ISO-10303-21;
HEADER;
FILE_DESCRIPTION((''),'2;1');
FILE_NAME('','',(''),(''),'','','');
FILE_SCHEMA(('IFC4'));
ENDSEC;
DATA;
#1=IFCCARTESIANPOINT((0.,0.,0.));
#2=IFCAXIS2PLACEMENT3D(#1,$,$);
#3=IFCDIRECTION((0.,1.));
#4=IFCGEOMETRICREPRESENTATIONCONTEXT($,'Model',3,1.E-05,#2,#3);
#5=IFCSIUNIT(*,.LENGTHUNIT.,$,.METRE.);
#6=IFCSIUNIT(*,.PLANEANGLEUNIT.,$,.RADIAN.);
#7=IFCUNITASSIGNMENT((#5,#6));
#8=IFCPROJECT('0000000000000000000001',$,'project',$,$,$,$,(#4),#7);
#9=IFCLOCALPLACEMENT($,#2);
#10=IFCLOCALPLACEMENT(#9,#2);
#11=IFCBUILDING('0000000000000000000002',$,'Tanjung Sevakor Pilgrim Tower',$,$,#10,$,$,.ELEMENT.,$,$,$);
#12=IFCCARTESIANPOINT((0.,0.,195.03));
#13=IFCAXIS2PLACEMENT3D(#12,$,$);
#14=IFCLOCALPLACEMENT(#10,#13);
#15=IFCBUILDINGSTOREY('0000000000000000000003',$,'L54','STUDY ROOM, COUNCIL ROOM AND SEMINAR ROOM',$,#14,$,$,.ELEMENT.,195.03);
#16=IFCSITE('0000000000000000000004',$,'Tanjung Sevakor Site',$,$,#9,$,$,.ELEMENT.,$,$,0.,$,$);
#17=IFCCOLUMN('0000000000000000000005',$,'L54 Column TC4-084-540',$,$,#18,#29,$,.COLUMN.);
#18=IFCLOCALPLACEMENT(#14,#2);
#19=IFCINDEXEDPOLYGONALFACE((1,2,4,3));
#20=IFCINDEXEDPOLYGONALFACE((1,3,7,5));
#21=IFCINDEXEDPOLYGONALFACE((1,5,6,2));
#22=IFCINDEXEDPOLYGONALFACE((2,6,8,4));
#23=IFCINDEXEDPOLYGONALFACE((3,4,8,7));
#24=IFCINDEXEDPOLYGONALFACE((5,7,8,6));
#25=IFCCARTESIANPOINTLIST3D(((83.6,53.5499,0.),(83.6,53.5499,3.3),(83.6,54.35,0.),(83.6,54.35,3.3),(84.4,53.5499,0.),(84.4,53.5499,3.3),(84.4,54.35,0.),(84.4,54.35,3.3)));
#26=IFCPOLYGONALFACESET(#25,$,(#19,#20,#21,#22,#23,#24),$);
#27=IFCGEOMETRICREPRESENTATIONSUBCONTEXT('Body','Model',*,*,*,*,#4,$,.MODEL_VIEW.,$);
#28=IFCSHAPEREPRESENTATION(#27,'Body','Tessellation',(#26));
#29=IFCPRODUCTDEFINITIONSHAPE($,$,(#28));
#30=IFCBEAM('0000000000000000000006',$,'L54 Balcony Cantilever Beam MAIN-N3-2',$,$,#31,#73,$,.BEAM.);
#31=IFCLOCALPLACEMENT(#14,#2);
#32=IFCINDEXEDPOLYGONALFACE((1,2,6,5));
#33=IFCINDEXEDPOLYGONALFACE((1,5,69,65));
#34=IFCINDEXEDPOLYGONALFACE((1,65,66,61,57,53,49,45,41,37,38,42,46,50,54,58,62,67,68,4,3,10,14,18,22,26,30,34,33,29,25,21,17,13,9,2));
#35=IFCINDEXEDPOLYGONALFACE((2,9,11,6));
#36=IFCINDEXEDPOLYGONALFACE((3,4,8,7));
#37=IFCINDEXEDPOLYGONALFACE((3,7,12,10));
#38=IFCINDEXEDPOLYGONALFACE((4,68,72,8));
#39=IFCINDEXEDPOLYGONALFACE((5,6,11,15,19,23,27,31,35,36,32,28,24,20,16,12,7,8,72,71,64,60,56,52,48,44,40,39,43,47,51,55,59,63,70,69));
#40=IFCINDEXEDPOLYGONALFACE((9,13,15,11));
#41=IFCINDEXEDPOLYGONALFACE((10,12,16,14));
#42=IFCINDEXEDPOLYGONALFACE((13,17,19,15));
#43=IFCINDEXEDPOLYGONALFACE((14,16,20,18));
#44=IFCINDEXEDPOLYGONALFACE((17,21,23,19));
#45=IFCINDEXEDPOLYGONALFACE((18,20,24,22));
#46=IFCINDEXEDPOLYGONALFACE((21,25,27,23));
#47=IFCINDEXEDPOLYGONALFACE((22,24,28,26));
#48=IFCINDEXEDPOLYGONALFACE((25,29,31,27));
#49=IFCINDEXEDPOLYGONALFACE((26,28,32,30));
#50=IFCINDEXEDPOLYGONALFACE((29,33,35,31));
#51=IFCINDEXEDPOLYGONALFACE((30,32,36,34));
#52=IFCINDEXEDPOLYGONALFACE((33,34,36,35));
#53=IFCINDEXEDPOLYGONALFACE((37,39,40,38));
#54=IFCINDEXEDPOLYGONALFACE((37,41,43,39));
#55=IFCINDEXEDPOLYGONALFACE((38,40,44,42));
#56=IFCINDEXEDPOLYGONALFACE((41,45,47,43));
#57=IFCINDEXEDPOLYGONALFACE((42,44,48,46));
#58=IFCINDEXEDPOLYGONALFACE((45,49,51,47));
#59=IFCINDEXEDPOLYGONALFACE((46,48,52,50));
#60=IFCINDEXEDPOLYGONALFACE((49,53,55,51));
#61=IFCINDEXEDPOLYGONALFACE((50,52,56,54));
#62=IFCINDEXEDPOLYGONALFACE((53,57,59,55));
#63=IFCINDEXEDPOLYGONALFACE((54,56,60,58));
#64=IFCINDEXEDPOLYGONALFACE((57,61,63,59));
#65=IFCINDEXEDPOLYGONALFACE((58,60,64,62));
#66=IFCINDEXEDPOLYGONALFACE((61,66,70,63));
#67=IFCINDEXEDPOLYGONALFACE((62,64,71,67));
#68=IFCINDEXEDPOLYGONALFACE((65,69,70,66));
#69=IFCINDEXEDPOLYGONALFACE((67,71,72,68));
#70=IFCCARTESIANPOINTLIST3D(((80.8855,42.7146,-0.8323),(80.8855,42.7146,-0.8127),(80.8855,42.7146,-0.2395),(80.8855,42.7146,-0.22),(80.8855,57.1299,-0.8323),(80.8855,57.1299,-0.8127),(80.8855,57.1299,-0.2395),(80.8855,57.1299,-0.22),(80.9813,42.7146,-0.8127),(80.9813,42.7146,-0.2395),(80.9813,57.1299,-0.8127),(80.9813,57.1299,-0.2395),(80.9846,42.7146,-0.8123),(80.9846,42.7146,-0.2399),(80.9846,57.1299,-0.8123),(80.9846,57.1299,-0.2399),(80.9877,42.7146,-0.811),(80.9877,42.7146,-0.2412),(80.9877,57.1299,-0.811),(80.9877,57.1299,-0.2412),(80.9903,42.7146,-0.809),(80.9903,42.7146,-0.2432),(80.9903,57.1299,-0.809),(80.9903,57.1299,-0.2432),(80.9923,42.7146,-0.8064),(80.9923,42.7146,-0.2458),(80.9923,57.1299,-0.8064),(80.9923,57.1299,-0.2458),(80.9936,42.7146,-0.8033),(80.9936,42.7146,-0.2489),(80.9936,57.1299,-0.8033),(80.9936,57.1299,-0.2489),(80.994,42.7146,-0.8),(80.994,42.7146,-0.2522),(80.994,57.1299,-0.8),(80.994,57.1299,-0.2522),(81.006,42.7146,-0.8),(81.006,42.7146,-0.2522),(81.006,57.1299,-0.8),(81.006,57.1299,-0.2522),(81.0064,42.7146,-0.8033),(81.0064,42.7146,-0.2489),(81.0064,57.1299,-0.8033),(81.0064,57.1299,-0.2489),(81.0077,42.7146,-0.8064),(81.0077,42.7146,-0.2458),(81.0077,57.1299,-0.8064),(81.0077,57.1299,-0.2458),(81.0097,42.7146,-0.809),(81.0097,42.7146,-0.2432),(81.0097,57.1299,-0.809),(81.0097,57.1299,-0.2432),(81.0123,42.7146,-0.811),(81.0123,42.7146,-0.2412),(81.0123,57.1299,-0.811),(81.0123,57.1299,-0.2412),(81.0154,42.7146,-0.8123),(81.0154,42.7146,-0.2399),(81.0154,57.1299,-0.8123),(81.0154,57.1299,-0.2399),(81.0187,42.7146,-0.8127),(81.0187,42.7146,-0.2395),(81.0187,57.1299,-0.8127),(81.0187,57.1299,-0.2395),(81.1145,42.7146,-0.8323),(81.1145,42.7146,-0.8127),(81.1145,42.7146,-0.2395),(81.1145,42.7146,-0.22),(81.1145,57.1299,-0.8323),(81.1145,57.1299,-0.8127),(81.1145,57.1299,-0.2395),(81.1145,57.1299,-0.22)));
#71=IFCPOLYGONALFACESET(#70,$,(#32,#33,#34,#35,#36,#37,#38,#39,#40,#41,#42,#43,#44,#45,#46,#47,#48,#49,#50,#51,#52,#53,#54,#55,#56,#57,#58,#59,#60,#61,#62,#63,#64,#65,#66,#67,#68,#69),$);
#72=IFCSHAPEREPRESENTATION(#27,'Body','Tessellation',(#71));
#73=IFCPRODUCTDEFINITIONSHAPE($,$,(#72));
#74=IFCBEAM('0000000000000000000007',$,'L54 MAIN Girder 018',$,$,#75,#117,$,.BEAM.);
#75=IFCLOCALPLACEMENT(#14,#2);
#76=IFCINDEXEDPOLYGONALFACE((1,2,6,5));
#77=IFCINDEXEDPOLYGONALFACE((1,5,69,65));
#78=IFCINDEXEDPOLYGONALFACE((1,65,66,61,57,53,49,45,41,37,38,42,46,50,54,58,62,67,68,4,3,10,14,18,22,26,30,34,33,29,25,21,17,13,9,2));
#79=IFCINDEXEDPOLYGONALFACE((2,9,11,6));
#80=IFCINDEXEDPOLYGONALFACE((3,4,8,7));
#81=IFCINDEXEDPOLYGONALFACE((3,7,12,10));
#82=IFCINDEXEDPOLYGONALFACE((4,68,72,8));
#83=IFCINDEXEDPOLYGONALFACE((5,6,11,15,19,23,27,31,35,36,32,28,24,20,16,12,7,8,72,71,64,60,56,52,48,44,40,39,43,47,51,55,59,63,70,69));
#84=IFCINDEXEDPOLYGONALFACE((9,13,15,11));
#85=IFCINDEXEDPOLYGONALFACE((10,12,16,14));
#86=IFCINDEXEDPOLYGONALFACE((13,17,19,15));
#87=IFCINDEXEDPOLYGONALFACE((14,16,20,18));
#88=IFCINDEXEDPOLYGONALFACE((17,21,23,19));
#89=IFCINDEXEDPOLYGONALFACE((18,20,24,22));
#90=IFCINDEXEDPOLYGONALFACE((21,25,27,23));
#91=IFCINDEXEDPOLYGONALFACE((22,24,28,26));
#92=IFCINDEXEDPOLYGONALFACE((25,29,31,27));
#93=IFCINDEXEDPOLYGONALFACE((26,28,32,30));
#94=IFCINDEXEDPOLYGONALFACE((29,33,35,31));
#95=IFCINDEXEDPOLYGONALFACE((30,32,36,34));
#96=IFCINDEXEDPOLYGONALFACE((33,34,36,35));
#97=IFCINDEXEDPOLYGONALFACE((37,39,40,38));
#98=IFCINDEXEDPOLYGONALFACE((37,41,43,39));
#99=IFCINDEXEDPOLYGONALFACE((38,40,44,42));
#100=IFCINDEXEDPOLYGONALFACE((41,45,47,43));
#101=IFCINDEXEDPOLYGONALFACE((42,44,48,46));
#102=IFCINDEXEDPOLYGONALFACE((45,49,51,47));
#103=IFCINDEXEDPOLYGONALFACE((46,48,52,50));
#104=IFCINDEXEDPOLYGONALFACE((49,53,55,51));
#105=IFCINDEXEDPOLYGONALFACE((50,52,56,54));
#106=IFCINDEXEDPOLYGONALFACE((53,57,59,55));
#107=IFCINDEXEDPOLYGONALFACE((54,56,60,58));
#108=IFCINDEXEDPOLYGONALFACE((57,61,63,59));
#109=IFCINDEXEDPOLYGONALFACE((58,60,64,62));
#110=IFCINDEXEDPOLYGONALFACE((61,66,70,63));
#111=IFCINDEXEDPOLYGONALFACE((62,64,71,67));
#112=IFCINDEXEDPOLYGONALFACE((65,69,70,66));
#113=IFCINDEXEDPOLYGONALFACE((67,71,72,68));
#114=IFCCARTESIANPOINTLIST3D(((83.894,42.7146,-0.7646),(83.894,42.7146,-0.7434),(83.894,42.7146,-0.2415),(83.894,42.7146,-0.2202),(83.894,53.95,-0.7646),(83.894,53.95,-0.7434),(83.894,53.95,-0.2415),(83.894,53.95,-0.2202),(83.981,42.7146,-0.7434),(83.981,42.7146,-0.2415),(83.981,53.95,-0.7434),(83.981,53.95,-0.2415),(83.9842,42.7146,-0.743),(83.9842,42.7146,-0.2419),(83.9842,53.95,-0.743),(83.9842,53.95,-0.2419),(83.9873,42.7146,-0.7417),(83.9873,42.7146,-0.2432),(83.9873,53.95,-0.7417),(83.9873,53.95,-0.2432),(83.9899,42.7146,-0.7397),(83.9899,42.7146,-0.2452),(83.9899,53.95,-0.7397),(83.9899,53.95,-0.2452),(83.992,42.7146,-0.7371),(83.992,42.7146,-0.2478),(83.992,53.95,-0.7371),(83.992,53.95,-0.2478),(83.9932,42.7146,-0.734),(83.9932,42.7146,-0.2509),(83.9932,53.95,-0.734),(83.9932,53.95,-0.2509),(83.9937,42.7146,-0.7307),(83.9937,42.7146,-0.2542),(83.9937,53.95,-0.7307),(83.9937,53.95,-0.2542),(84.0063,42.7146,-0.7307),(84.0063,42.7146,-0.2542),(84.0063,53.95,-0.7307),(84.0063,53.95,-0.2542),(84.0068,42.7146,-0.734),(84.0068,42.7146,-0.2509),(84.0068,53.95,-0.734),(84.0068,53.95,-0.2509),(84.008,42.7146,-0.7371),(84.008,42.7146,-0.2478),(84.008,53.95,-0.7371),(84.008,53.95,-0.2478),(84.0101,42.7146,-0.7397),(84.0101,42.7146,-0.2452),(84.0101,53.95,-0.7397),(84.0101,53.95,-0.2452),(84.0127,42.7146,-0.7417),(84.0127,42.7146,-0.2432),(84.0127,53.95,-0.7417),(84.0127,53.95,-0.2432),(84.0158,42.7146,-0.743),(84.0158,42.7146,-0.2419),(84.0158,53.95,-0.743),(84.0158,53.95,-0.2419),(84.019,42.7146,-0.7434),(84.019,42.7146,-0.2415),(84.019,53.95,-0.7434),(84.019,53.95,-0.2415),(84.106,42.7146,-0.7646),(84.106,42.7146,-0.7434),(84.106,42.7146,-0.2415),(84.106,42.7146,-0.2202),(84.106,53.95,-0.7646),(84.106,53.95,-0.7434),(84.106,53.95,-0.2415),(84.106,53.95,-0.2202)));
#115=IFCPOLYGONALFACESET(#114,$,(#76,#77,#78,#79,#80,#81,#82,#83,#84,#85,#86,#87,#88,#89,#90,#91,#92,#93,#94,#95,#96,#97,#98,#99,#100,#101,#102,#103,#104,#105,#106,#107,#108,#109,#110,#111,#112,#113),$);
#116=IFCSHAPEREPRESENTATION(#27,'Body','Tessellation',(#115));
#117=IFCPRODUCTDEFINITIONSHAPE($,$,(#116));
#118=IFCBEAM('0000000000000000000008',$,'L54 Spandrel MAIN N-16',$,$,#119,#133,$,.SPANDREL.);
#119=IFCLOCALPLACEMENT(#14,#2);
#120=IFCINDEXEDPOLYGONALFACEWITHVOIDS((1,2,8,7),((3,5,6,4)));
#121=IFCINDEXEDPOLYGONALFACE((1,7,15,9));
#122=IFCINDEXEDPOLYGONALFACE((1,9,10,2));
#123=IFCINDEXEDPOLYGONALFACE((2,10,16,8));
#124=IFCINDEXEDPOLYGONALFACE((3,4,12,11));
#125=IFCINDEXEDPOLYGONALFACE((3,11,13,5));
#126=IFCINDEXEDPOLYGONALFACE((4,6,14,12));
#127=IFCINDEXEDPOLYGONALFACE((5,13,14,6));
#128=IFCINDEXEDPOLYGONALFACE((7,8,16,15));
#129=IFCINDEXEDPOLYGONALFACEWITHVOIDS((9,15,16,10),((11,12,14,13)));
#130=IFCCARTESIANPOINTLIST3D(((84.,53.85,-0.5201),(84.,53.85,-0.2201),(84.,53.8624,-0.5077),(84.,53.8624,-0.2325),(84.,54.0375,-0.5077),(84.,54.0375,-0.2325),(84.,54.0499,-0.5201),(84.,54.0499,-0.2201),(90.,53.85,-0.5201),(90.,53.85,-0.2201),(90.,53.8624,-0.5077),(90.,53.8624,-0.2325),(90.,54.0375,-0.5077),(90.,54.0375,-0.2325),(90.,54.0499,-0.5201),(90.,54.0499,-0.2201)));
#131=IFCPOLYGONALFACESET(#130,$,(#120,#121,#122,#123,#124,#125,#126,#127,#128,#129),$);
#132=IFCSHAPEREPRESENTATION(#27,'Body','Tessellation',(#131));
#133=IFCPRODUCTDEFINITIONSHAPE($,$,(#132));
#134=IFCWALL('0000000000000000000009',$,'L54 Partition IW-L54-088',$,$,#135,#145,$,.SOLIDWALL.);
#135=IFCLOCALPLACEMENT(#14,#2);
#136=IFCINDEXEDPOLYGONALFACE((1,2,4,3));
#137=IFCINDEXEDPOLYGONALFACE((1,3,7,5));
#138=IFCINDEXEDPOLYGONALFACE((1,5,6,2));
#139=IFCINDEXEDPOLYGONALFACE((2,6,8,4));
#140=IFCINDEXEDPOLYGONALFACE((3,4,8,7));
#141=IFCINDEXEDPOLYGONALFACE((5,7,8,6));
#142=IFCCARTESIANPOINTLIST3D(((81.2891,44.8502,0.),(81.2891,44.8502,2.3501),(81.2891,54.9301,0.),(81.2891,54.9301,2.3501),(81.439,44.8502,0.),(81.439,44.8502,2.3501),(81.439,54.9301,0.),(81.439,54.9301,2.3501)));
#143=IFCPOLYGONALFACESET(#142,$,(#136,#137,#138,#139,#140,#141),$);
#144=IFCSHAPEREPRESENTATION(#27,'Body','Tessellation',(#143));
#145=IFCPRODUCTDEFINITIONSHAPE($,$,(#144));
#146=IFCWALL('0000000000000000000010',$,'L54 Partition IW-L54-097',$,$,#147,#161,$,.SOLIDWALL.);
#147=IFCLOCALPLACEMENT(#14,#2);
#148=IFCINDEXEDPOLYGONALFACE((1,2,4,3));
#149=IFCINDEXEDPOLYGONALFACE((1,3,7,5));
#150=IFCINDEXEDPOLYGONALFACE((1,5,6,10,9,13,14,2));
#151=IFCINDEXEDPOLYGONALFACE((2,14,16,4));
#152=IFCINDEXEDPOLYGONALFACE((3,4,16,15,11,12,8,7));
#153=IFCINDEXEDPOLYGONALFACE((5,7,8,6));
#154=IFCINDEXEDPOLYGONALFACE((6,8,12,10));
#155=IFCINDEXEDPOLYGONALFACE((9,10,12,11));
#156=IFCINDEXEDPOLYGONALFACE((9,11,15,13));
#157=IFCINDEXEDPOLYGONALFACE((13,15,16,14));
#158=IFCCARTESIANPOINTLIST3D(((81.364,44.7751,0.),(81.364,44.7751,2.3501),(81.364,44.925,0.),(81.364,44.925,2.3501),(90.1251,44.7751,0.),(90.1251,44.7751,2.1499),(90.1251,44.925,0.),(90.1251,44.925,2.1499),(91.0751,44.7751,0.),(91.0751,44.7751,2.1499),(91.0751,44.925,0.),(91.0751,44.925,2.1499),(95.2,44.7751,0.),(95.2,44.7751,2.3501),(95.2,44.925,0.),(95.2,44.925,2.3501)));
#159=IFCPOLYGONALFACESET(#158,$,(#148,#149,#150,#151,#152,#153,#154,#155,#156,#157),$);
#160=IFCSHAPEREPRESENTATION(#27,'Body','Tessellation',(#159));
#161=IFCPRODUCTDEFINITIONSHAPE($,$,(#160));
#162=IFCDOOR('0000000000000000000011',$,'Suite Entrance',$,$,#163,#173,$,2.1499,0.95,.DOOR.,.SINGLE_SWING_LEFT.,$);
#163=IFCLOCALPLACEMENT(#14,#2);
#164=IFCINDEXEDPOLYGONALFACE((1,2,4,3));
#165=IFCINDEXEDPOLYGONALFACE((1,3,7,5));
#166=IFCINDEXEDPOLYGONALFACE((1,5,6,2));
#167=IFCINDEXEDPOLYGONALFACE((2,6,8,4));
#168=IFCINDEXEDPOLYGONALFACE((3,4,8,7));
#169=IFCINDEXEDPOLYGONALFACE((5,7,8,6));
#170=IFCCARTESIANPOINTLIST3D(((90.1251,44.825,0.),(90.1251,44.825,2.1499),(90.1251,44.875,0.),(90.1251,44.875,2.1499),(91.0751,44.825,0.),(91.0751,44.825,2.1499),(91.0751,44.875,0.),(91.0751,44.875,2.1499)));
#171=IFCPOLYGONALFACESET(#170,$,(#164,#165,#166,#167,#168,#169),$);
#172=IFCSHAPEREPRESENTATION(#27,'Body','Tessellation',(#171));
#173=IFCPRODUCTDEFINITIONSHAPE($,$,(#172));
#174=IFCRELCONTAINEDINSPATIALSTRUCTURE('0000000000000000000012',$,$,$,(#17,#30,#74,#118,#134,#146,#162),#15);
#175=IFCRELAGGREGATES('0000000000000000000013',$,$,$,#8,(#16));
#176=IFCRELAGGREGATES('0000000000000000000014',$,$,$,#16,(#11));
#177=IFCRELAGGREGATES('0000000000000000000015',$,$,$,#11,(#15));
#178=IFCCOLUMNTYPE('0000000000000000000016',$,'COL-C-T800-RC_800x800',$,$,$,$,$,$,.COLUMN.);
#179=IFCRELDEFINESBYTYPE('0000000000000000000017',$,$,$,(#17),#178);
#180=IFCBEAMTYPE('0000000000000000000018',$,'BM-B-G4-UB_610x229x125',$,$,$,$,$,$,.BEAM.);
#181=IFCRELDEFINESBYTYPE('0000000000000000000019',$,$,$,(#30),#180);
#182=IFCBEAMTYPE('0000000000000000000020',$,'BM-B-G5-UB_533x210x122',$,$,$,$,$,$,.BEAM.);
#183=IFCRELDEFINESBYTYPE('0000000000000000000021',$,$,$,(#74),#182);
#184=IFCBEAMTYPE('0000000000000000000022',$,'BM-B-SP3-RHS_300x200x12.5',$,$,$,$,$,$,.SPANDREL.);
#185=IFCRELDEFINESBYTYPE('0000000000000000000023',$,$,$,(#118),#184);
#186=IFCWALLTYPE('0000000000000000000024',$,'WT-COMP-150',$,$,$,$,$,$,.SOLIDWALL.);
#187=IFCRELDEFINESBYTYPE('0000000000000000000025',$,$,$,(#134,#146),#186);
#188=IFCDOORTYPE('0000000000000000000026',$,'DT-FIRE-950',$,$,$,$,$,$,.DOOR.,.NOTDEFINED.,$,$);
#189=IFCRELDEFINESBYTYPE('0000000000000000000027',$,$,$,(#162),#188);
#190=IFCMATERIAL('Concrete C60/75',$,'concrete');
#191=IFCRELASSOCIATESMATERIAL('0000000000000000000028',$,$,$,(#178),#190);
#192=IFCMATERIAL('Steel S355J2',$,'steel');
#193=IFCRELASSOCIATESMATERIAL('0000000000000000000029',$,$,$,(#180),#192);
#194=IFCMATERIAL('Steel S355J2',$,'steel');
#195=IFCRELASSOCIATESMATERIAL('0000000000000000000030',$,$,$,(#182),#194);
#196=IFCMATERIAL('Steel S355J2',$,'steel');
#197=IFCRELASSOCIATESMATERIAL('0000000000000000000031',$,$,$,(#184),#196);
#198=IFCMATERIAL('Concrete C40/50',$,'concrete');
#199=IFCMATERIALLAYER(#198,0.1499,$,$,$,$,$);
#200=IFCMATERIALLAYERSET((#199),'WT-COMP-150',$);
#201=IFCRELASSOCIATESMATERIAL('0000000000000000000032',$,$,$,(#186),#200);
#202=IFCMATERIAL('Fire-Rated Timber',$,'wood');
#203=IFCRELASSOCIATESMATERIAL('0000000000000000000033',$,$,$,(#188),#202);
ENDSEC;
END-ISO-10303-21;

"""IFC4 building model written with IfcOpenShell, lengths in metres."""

from ifc_helpers import new_model, si_unit, direction, frame, frame_2d, origin, origin_2d, place, context, subcontext, project, spatial, rectangle, hollow_rectangle, i_section, extrude, material, layer, layer_set, material_profile, profile_set, type_object, element, fill, save


model = new_model("IFC4")

# Units and contexts
model_context = context("Model", 3, precision=1e-05, world=origin(), true_north=direction((0.0, 1.0)))
body_context = subcontext(model_context, "Body", "Model", "MODEL_VIEW")
ifc_project = project(units=[si_unit("LENGTHUNIT", "METRE"), si_unit("PLANEANGLEUNIT", "RADIAN")], contexts=[model_context])

# Site, building, storey
site_placement = place(None, origin())
site = spatial("IfcSite", under=ifc_project, at=site_placement, Name="Tanjung Sevakor Site", CompositionType="ELEMENT", RefElevation=0.0)
building_placement = place(site_placement, origin())
building = spatial("IfcBuilding", under=site, at=building_placement, Name="Tanjung Sevakor Pilgrim Tower", CompositionType="ELEMENT")
storey_placement = place(building_placement, frame((0.0, 0.0, 195.03)))
storey = spatial("IfcBuildingStorey", under=building, at=storey_placement, Name="L54", Description="STUDY ROOM, COUNCIL ROOM AND SEMINAR ROOM", CompositionType="ELEMENT", Elevation=195.03)

# Column
ifc_material_1 = material(Name="Concrete C60/75", Category="concrete")
ifc_material_profile_1 = material_profile(ifc_material_1, rectangle(XDim=0.8, YDim=0.8, at=origin_2d()))
ifc_profile_set_1 = profile_set([ifc_material_profile_1], Name="Concrete C60/75")
column_type = type_object("IfcColumnType", Name="COL-C-T800-RC_800x800", PredefinedType="COLUMN", material=ifc_profile_set_1)
column_placement = place(storey_placement, frame((84.0, 53.95, 0.0), z_axis=(0.0, 0.0, 1.0), x_axis=(1.0, 0.0, 0.0)))
element("IfcColumn", 1, at=column_placement, inside=storey, type_object=column_type, Name="L54 Column TC4-084-540", PredefinedType="COLUMN", context=body_context, shape_type="SweptSolid", body=[
    extrude(rectangle(XDim=0.8, YDim=0.8, at=origin_2d()), origin(), (0.0, 0.0, 1.0), 3.3),
])

# Beams
ifc_material_2 = material(Name="Steel S355J2", Category="steel")
ifc_material_profile_2 = material_profile(ifc_material_2, i_section(OverallWidth=0.229, OverallDepth=0.6123, WebThickness=0.012, FlangeThickness=0.0195, FilletRadius=0.0127, at=origin_2d()))
ifc_profile_set_2 = profile_set([ifc_material_profile_2], Name="Steel S355J2")
beam_type_1 = type_object("IfcBeamType", Name="BM-B-G4-UB_610x229x125", PredefinedType="BEAM", material=ifc_profile_set_2)
beam_1_placement = place(storey_placement, frame((81.0, 42.7146, -0.5261), z_axis=(0.0, 1.0, 0.0), x_axis=(-1.0, 0.0, 0.0)))
element("IfcBeam", 2, at=beam_1_placement, inside=storey, type_object=beam_type_1, Name="L54 Balcony Cantilever Beam MAIN-N3-2", PredefinedType="BEAM", context=body_context, shape_type="SweptSolid", body=[
    extrude(i_section(OverallWidth=0.229, OverallDepth=0.6123, WebThickness=0.012, FlangeThickness=0.0195, FilletRadius=0.0127, at=origin_2d()), origin(), (0.0, 0.0, 1.0), 14.4153),
])
ifc_material_3 = material(Name="Steel S355J2", Category="steel")
ifc_material_profile_3 = material_profile(ifc_material_3, i_section(OverallWidth=0.2119, OverallDepth=0.5444, WebThickness=0.0127, FlangeThickness=0.0212, FilletRadius=0.0127, at=origin_2d()))
ifc_profile_set_3 = profile_set([ifc_material_profile_3], Name="Steel S355J2")
beam_type_2 = type_object("IfcBeamType", Name="BM-B-G5-UB_533x210x122", PredefinedType="BEAM", material=ifc_profile_set_3)
beam_2_placement = place(storey_placement, frame((84.0, 42.7146, -0.4924), z_axis=(0.0, 1.0, 0.0), x_axis=(-1.0, 0.0, 0.0)))
element("IfcBeam", 3, at=beam_2_placement, inside=storey, type_object=beam_type_2, Name="L54 MAIN Girder 018", PredefinedType="BEAM", context=body_context, shape_type="SweptSolid", body=[
    extrude(i_section(OverallWidth=0.2119, OverallDepth=0.5444, WebThickness=0.0127, FlangeThickness=0.0212, FilletRadius=0.0127, at=origin_2d()), origin(), (0.0, 0.0, 1.0), 11.2354),
])
ifc_material_4 = material(Name="Steel S355J2", Category="steel")
ifc_material_profile_4 = material_profile(ifc_material_4, hollow_rectangle(XDim=0.2, YDim=0.3, WallThickness=0.0125, at=origin_2d()))
ifc_profile_set_4 = profile_set([ifc_material_profile_4], Name="Steel S355J2")
beam_type_3 = type_object("IfcBeamType", Name="BM-B-SP3-RHS_300x200x12.5", PredefinedType="SPANDREL", material=ifc_profile_set_4)
beam_3_placement = place(storey_placement, frame((84.0, 53.95, -0.3701), z_axis=(1.0, 0.0, 0.0), x_axis=(0.0, 1.0, 0.0)))
element("IfcBeam", 4, at=beam_3_placement, inside=storey, type_object=beam_type_3, Name="L54 Spandrel MAIN N-16", PredefinedType="SPANDREL", context=body_context, shape_type="SweptSolid", body=[
    extrude(hollow_rectangle(XDim=0.2, YDim=0.3, WallThickness=0.0125, at=origin_2d()), origin(), (0.0, 0.0, 1.0), 6.0),
])

# Wall
ifc_material_5 = material(Name="Concrete C40/50", Category="concrete")
ifc_layer_1 = layer(ifc_material_5, 0.1499)
ifc_layer_set_1 = layer_set([ifc_layer_1], Name="WT-COMP-150")
wall_type_1 = type_object("IfcWallType", Name="WT-COMP-150", PredefinedType="SOLIDWALL", material=ifc_layer_set_1)
wall_1_placement = place(storey_placement, frame((81.364, 44.8501, 0.0), z_axis=(0.0, 0.0, 1.0), x_axis=(0.0, 1.0, 0.0)))
element("IfcWall", 5, at=wall_1_placement, inside=storey, type_object=wall_type_1, Name="L54 Partition IW-L54-088", PredefinedType="SOLIDWALL", context=body_context, shape_type="SweptSolid", body=[
    extrude(rectangle(XDim=10.0798, YDim=0.1499, at=frame_2d((5.04, 0.0))), origin(), (0.0, 0.0, 1.0), 2.3501),
])

# Wall, opening, door
wall_2_placement = place(storey_placement, frame((81.364, 44.8501, 0.0), z_axis=(0.0, 0.0, 1.0), x_axis=(1.0, 0.0, 0.0)))
wall_2 = element("IfcWall", 6, at=wall_2_placement, inside=storey, type_object=wall_type_1, Name="L54 Partition IW-L54-097", PredefinedType="SOLIDWALL", context=body_context, shape_type="SweptSolid", body=[
    extrude(rectangle(XDim=13.8359, YDim=0.1499, at=frame_2d((6.918, 0.0))), origin(), (0.0, 0.0, 1.0), 2.3501),
])
opening_1_placement = place(wall_2_placement, frame((8.761, 0.0, 0.0)))
opening_1 = element("IfcOpeningElement", 7, at=opening_1_placement, cuts=wall_2, PredefinedType="OPENING", context=body_context, shape_type="SweptSolid", body=[
    extrude(rectangle(XDim=0.95, YDim=2.1499, at=frame_2d((0.4751, 1.075))), frame((0.0, 0.085, 0.0), z_axis=(0.0, -1.0, 0.0), x_axis=(1.0, 0.0, 0.0)), (0.0, 0.0, 1.0), 0.1699),
])
ifc_material_6 = material(Name="Fire-Rated Timber", Category="wood")
door_type_1 = type_object("IfcDoorType", Name="DT-FIRE-950", OperationType="NOTDEFINED", PredefinedType="DOOR", material=ifc_material_6)
door_1_placement = place(opening_1_placement, origin())
door_1 = element("IfcDoor", 8, at=door_1_placement, inside=storey, type_object=door_type_1, Name="Suite Entrance", OperationType="SINGLE_SWING_LEFT", OverallHeight=2.1499, OverallWidth=0.95, PredefinedType="DOOR", context=body_context, shape_type="SweptSolid", body=[
    extrude(rectangle(XDim=0.95, YDim=2.1499, at=frame_2d((0.4751, 1.075))), frame((0.0, 0.0249, 0.0), z_axis=(0.0, -1.0, 0.0), x_axis=(1.0, 0.0, 0.0)), (0.0, 0.0, 1.0), 0.05),
])
fill(opening_1, door_1)

save(model, "model.ifc")
